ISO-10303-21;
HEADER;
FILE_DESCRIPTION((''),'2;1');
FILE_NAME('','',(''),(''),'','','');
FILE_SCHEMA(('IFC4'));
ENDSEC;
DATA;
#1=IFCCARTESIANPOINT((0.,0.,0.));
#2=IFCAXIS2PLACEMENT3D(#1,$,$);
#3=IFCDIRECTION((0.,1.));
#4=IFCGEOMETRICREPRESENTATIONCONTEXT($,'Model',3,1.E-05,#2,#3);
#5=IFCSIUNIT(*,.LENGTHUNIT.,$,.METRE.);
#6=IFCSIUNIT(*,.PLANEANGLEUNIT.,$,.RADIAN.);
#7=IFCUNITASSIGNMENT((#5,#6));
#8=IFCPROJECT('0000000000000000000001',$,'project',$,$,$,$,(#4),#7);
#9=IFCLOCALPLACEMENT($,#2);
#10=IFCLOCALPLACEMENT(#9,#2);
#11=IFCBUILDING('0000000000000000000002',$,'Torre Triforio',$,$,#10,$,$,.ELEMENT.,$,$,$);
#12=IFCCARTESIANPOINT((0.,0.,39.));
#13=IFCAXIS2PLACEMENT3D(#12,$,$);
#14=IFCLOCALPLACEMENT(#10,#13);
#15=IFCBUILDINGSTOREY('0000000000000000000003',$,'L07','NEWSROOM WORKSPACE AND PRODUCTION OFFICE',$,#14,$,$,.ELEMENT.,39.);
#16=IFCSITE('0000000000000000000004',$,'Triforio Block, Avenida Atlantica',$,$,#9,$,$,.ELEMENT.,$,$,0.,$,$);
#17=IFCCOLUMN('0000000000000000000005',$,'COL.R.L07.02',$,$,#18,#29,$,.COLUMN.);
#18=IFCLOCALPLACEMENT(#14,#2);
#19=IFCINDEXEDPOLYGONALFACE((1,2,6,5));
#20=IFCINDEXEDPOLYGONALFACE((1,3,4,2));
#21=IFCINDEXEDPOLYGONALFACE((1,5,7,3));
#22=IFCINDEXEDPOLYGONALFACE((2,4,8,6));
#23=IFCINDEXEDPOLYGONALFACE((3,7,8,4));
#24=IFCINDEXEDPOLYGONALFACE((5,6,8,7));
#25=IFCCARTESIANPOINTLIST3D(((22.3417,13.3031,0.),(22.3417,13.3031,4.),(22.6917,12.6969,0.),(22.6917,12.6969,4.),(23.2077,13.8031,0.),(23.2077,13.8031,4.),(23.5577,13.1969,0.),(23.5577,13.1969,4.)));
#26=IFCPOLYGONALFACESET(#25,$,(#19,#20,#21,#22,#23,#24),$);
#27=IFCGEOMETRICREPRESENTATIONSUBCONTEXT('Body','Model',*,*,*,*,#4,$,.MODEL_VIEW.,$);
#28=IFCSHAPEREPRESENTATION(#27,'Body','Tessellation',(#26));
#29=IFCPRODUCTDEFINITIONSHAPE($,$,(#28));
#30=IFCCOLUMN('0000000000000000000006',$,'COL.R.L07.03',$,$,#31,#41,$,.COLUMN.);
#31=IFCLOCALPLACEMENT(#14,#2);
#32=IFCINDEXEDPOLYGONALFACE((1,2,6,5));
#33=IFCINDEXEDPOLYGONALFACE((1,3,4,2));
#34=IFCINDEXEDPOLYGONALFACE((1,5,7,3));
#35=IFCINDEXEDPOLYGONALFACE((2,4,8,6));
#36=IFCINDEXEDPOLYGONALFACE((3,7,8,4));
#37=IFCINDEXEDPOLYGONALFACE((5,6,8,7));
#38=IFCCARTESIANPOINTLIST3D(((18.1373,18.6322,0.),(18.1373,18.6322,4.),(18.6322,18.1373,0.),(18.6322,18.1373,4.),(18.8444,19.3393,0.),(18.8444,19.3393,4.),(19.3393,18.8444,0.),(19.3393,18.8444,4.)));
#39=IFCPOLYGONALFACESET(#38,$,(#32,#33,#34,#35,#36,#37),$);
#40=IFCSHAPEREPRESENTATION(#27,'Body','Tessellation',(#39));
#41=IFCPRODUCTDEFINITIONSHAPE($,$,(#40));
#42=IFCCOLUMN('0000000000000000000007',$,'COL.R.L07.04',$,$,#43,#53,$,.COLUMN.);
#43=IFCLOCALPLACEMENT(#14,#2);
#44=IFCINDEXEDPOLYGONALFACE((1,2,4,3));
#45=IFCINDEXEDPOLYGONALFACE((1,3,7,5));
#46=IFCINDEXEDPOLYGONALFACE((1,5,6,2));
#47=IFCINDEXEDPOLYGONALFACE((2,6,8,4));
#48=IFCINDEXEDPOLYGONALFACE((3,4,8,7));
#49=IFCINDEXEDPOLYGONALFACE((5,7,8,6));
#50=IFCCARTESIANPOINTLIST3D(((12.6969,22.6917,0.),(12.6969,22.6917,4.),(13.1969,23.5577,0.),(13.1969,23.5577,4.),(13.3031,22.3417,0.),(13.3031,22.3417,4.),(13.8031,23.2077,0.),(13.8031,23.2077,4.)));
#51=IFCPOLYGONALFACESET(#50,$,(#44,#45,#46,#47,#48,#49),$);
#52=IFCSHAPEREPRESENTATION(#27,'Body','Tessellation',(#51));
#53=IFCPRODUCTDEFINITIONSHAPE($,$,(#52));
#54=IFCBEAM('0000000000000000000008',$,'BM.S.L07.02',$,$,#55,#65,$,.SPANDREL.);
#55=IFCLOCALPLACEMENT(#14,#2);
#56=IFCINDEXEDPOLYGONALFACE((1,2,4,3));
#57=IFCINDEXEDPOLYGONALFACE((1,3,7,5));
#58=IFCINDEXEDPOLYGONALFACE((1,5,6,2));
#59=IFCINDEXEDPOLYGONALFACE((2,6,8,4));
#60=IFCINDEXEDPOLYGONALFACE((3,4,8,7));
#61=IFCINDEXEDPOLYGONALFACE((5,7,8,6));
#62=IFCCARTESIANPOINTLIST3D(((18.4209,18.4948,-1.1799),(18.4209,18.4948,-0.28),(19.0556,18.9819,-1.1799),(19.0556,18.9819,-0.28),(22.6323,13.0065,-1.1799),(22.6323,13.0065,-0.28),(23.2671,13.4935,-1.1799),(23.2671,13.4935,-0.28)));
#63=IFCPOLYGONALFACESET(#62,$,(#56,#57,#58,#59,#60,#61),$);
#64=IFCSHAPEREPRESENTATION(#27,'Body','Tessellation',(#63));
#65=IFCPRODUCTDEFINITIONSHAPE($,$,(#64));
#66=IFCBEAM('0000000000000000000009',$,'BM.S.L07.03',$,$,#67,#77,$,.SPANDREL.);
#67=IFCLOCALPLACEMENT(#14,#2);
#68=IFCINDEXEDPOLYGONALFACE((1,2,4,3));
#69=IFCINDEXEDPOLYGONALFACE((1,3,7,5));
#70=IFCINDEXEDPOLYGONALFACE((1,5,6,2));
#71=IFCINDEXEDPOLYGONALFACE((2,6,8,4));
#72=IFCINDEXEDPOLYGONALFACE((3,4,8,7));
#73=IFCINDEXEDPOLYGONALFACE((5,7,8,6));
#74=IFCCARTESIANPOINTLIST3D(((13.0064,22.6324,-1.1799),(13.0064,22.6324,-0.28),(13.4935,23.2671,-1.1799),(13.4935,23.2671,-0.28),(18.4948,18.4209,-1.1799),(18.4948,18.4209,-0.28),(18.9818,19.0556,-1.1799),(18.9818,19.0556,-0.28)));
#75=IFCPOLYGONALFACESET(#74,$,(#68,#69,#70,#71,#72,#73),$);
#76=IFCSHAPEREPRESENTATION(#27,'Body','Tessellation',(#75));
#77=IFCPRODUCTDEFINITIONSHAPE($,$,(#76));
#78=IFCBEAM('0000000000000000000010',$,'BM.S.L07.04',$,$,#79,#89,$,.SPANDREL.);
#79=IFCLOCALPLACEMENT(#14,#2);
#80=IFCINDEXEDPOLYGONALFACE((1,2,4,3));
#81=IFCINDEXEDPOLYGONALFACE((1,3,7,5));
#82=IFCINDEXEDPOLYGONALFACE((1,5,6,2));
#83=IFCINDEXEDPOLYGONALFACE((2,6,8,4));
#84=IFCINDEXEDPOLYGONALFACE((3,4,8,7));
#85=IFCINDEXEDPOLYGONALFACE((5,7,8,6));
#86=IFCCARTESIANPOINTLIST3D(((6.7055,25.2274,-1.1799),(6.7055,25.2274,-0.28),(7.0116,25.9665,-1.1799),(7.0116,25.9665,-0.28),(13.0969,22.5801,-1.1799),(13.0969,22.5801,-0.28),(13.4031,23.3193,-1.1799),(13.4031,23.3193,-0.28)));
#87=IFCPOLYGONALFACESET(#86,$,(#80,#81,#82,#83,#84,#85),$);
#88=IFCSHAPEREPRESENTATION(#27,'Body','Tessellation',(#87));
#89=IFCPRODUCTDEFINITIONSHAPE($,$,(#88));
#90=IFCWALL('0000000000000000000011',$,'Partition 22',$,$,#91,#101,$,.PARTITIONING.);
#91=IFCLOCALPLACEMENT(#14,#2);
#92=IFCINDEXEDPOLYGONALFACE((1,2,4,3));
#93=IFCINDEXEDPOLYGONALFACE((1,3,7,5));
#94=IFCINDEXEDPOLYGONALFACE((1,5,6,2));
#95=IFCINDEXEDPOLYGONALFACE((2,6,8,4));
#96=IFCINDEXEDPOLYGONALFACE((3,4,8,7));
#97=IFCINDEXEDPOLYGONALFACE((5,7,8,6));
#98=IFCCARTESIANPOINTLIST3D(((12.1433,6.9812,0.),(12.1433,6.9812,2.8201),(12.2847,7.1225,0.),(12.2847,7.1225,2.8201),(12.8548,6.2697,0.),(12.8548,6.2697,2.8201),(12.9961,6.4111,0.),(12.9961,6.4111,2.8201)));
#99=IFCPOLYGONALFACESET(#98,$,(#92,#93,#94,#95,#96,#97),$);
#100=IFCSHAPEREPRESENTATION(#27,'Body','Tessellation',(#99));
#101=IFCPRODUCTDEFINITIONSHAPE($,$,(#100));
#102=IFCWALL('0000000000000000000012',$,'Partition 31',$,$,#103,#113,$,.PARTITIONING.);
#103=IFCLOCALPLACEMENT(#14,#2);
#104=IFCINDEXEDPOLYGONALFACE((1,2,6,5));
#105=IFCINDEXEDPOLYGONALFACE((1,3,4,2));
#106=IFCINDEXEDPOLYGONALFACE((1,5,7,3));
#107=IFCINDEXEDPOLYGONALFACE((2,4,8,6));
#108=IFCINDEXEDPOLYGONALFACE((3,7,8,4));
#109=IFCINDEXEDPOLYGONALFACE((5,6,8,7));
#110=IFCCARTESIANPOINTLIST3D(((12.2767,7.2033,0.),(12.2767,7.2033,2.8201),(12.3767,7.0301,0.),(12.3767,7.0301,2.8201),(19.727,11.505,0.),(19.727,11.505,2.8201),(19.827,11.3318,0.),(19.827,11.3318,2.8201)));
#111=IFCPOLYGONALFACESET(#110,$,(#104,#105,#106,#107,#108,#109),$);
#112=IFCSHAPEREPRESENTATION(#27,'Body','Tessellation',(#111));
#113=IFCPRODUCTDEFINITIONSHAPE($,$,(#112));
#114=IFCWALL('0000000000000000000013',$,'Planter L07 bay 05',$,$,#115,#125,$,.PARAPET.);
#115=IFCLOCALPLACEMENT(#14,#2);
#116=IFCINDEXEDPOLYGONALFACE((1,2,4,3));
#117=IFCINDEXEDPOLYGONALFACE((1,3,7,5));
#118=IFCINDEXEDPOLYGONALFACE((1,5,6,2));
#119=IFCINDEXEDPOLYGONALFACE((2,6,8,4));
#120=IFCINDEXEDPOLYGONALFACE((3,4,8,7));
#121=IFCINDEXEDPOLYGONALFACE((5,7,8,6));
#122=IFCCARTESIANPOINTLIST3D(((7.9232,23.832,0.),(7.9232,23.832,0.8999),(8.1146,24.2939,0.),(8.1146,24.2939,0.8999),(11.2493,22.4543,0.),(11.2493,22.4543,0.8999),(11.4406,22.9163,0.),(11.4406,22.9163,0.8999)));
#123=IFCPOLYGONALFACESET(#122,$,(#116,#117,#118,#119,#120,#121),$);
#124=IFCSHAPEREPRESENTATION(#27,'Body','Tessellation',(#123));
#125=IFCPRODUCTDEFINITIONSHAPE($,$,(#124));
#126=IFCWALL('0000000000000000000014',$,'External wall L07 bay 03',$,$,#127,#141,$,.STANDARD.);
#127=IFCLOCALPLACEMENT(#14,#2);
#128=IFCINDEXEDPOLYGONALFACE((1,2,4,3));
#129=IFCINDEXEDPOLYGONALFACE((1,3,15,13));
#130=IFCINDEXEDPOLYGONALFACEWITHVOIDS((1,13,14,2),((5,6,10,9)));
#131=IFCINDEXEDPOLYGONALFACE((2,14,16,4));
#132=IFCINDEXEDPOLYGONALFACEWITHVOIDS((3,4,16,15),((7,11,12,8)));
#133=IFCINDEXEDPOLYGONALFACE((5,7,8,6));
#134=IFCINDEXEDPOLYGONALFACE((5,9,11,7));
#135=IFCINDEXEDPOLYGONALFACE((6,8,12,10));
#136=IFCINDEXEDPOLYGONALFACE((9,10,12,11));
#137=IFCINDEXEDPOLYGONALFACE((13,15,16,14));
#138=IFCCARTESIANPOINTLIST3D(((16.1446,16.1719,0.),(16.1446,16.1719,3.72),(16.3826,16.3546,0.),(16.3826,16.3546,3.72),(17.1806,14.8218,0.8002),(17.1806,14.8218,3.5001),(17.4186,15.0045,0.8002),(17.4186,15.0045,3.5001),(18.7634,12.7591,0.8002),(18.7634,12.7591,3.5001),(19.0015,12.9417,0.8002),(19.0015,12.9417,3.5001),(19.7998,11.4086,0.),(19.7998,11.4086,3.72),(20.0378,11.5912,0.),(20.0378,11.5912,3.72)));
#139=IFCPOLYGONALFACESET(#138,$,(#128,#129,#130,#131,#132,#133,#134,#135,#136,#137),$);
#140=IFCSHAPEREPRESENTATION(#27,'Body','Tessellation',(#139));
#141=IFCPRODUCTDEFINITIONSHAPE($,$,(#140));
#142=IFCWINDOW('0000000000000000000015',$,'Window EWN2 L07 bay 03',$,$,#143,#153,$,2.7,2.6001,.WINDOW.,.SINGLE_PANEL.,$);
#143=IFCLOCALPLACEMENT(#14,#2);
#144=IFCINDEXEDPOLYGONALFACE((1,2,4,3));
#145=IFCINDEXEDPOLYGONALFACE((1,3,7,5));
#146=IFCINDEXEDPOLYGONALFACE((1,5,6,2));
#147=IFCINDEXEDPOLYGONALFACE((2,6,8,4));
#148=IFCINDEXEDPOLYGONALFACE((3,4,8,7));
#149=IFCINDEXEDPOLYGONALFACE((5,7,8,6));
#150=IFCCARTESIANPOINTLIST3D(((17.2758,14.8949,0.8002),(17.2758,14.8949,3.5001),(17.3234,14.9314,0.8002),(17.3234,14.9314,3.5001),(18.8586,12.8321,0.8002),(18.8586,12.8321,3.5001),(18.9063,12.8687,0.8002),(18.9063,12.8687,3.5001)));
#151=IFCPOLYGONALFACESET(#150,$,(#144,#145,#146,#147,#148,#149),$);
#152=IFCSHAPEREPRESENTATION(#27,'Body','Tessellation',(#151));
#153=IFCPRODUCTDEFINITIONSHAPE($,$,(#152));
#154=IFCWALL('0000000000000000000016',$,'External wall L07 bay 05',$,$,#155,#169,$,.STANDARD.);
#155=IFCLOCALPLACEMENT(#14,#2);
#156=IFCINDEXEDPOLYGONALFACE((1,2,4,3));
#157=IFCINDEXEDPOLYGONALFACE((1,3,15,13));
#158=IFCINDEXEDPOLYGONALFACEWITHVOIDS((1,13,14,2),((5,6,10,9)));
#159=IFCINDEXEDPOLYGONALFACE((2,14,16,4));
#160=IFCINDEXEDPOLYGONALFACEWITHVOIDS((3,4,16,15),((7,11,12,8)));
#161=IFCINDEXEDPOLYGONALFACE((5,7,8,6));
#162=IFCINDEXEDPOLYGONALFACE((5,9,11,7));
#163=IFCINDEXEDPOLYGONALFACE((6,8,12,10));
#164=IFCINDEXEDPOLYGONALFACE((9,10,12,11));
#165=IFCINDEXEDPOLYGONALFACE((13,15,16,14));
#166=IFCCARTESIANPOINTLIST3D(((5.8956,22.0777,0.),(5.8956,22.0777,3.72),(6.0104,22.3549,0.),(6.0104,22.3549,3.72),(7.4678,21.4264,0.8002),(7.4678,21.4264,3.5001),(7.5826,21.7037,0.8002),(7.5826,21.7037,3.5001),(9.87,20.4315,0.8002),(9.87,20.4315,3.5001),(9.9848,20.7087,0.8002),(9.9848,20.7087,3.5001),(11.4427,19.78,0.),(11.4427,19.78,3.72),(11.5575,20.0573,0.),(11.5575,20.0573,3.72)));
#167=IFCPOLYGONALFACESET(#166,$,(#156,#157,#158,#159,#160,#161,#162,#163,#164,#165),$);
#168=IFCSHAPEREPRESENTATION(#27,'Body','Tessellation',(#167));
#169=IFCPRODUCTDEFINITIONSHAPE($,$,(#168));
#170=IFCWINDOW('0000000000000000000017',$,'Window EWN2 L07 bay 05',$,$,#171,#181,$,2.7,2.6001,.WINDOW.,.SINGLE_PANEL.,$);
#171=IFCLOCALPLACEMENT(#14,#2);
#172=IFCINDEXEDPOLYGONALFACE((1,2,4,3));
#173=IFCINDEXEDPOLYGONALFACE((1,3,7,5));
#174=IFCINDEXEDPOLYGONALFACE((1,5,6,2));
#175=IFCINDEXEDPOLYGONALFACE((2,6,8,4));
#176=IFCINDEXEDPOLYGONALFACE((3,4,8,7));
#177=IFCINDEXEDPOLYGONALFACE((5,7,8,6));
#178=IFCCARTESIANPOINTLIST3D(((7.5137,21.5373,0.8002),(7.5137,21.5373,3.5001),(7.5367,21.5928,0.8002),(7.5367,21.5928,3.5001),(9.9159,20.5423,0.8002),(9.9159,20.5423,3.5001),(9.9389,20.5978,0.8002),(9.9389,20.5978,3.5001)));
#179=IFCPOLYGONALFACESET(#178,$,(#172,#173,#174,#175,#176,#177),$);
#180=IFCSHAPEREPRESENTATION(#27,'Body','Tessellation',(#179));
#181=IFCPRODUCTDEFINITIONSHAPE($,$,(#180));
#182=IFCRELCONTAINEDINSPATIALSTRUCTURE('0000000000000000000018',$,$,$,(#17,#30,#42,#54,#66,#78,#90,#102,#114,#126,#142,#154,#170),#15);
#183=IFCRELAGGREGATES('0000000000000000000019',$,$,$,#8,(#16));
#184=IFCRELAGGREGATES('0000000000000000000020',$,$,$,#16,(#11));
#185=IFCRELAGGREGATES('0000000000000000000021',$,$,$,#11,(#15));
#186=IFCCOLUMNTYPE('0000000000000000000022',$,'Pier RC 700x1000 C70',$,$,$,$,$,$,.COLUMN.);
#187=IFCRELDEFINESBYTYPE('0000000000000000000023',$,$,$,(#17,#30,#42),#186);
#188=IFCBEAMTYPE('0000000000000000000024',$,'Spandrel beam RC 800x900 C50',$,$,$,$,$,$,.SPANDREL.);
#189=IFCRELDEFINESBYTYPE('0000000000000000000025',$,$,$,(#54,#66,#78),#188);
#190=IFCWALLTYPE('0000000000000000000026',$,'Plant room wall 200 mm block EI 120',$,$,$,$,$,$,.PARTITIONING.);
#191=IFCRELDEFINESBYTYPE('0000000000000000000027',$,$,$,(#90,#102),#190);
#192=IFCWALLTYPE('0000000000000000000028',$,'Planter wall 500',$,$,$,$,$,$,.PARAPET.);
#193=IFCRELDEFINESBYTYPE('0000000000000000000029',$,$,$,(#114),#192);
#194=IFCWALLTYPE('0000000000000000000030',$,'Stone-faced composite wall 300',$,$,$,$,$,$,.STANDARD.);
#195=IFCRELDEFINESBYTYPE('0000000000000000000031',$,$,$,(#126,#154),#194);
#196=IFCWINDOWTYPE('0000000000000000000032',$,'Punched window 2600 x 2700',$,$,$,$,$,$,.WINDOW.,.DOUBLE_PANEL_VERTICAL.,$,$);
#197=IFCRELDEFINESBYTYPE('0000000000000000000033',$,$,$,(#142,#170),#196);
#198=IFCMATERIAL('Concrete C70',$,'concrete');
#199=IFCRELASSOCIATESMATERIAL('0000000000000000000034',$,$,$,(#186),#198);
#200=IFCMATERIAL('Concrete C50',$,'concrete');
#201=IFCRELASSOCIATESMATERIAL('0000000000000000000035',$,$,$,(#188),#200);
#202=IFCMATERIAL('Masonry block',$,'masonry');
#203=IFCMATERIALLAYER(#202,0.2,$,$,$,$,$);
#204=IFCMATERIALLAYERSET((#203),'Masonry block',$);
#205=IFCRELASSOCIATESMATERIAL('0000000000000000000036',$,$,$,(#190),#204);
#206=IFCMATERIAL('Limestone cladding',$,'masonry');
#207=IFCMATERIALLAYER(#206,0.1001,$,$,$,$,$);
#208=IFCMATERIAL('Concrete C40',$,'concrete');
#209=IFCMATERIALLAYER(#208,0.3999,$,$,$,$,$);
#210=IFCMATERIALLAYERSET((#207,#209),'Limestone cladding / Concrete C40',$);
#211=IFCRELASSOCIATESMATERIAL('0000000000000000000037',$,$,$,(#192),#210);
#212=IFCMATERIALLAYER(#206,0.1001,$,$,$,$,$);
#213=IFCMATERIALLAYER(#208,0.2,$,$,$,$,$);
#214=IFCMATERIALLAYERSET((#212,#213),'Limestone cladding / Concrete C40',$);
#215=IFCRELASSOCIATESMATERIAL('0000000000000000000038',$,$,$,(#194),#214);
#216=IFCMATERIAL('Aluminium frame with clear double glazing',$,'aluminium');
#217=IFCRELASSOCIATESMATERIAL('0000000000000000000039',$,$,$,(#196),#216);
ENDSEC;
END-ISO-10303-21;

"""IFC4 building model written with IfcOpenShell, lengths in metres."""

from ifc_helpers import new_model, si_unit, direction, frame, frame_2d, origin, origin_2d, place, context, subcontext, project, spatial, rectangle, extrude, material, layer, layer_set, material_profile, profile_set, type_object, element, fill, save


model = new_model("IFC4")

# Units and contexts
model_context = context("Model", 3, precision=1e-05, world=origin(), true_north=direction((0.0, 1.0)))
body_context = subcontext(model_context, "Body", "Model", "MODEL_VIEW")
ifc_project = project(units=[si_unit("LENGTHUNIT", "METRE"), si_unit("PLANEANGLEUNIT", "RADIAN")], contexts=[model_context])

# Site, building, storey
site_placement = place(None, origin())
site = spatial("IfcSite", under=ifc_project, at=site_placement, Name="Triforio Block, Avenida Atlantica", CompositionType="ELEMENT", RefElevation=0.0)
building_placement = place(site_placement, origin())
building = spatial("IfcBuilding", under=site, at=building_placement, Name="Torre Triforio", CompositionType="ELEMENT")
storey_placement = place(building_placement, frame((0.0, 0.0, 39.0)))
storey = spatial("IfcBuildingStorey", under=building, at=storey_placement, Name="L07", Description="NEWSROOM WORKSPACE AND PRODUCTION OFFICE", CompositionType="ELEMENT", Elevation=39.0)

# Columns
ifc_material_1 = material(Name="Concrete C70", Category="concrete")
ifc_material_profile_1 = material_profile(ifc_material_1, rectangle(XDim=0.7, YDim=1.0, at=origin_2d()), Name="RC 700x1000")
ifc_profile_set_1 = profile_set([ifc_material_profile_1], Name="Concrete C70")
column_type = type_object("IfcColumnType", Name="Pier RC 700x1000 C70", PredefinedType="COLUMN", material=ifc_profile_set_1)
for number, where, z_axis, x_axis, name in (
    (1, (22.9497, 13.25, 0.0), (0.0, 0.0, 1.0), (-0.5, 0.866025, 0.0), "COL.R.L07.02"),
    (2, (18.7383, 18.7383, 0.0), (0.0, 0.0, 1.0), (-0.707107, 0.707107, 0.0), "COL.R.L07.03"),
    (3, (13.25, 22.9497, 0.0), (0.0, 0.0, 1.0), (-0.866025, 0.5, 0.0), "COL.R.L07.04"),
):
    element("IfcColumn", number, at=place(storey_placement, frame(where, z_axis=z_axis, x_axis=x_axis)), inside=storey, type_object=column_type, Name=name, PredefinedType="COLUMN", context=body_context, shape_type="SweptSolid", body=[
        extrude(rectangle(XDim=0.7, YDim=1.0, at=origin_2d()), origin(), (0.0, 0.0, 1.0), 4.0),
    ])

# Beams
ifc_material_2 = material(Name="Concrete C50", Category="concrete")
ifc_material_profile_2 = material_profile(ifc_material_2, rectangle(XDim=0.8, YDim=0.8999, at=origin_2d()), Name="RC 800x900")
ifc_profile_set_2 = profile_set([ifc_material_profile_2], Name="Concrete C50")
beam_type = type_object("IfcBeamType", Name="Spandrel beam RC 800x900 C50", PredefinedType="SPANDREL", material=ifc_profile_set_2)
for number, where, z_axis, x_axis, name in (
    (4, (22.9497, 13.25, -0.73), (-0.608772, 0.793345, 0.0), (-0.793345, -0.608772, 0.0), "BM.S.L07.02"),
    (5, (18.7383, 18.7383, -0.73), (-0.793345, 0.608772, 0.0), (-0.608772, -0.793345, 0.0), "BM.S.L07.03"),
    (6, (13.25, 22.9497, -0.73), (-0.923888, 0.382662, 0.0), (-0.382662, -0.923888, 0.0), "BM.S.L07.04"),
):
    element("IfcBeam", number, at=place(storey_placement, frame(where, z_axis=z_axis, x_axis=x_axis)), inside=storey, type_object=beam_type, Name=name, PredefinedType="SPANDREL", context=body_context, shape_type="SweptSolid", body=[
        extrude(rectangle(XDim=0.8, YDim=0.8999, at=origin_2d()), origin(), (0.0, 0.0, 1.0), 6.918),
    ])

# Walls
ifc_material_3 = material(Name="Masonry block", Category="masonry")
ifc_layer_1 = layer(ifc_material_3, 0.2)
ifc_layer_set_1 = layer_set([ifc_layer_1], Name="Masonry block")
wall_type_1 = type_object("IfcWallType", Name="Plant room wall 200 mm block EI 120", PredefinedType="PARTITIONING", material=ifc_layer_set_1)
wall_1_placement = place(storey_placement, frame((12.2141, 7.0518, 0.0), z_axis=(0.0, 0.0, 1.0), x_axis=(0.707107, -0.707107, 0.0)))
element("IfcWall", 7, at=wall_1_placement, inside=storey, type_object=wall_type_1, Name="Partition 22", PredefinedType="PARTITIONING", context=body_context, shape_type="SweptSolid", body=[
    extrude(rectangle(XDim=1.0061, YDim=0.2, at=frame_2d((0.5029, 0.0))), origin(), (0.0, 0.0, 1.0), 2.8201),
])
wall_2_placement = place(storey_placement, frame((12.3267, 7.1167, 0.0), z_axis=(0.0, 0.0, 1.0), x_axis=(0.866013, 0.500021, 0.0)))
element("IfcWall", 8, at=wall_2_placement, inside=storey, type_object=wall_type_1, Name="Partition 31", PredefinedType="PARTITIONING", context=body_context, shape_type="SweptSolid", body=[
    extrude(rectangle(XDim=8.603, YDim=0.2, at=frame_2d((4.3015, 0.0))), origin(), (0.0, 0.0, 1.0), 2.8201),
])
ifc_material_4 = material(Name="Limestone cladding", Category="masonry")
ifc_layer_2 = layer(ifc_material_4, 0.1001)
ifc_material_5 = material(Name="Concrete C40", Category="concrete")
ifc_layer_3 = layer(ifc_material_5, 0.3999)
ifc_layer_set_2 = layer_set([ifc_layer_2, ifc_layer_3], Name="Limestone cladding / Concrete C40")
wall_type_2 = type_object("IfcWallType", Name="Planter wall 500", PredefinedType="PARAPET", material=ifc_layer_set_2)
wall_3_placement = place(storey_placement, frame((11.345, 22.6853, 0.0), z_axis=(0.0, 0.0, 1.0), x_axis=(-0.923885, 0.382669, 0.0)))
element("IfcWall", 9, at=wall_3_placement, inside=storey, type_object=wall_type_2, Name="Planter L07 bay 05", PredefinedType="PARAPET", context=body_context, shape_type="SweptSolid", body=[
    extrude(rectangle(XDim=3.6001, YDim=0.5, at=frame_2d((1.8, 0.0))), origin(), (0.0, 0.0, 1.0), 0.8999),
])

# Wall, opening, window
ifc_layer_4 = layer(ifc_material_4, 0.1001)
ifc_layer_5 = layer(ifc_material_5, 0.2)
ifc_layer_set_3 = layer_set([ifc_layer_4, ifc_layer_5], Name="Limestone cladding / Concrete C40")
wall_type_3 = type_object("IfcWallType", Name="Stone-faced composite wall 300", PredefinedType="STANDARD", material=ifc_layer_set_3)
wall_4_placement = place(storey_placement, frame((19.9187, 11.5, 0.0), z_axis=(0.0, 0.0, 1.0), x_axis=(-0.608779, 0.79334, 0.0)))
wall_4 = element("IfcWall", 10, at=wall_4_placement, inside=storey, type_object=wall_type_3, Name="External wall L07 bay 03", PredefinedType="STANDARD", context=body_context, shape_type="SweptSolid", body=[
    extrude(rectangle(XDim=6.0042, YDim=0.3, at=frame_2d((3.002, 0.0))), origin(), (0.0, 0.0, 1.0), 3.72),
])
opening_1_placement = place(wall_4_placement, frame((1.7021, 0.0, 0.8)))
opening_1 = element("IfcOpeningElement", 11, at=opening_1_placement, cuts=wall_4, PredefinedType="OPENING", context=body_context, shape_type="SweptSolid", body=[
    extrude(rectangle(XDim=2.6001, YDim=2.7, at=frame_2d((1.3, 1.3501))), frame((0.0, 0.1599, 0.0), z_axis=(0.0, -1.0, 0.0), x_axis=(1.0, 0.0, 0.0)), (0.0, 0.0, 1.0), 0.3201),
])
ifc_material_6 = material(Name="Aluminium frame with clear double glazing", Category="aluminium")
window_type_1 = type_object("IfcWindowType", Name="Punched window 2600 x 2700", PartitioningType="DOUBLE_PANEL_VERTICAL", PredefinedType="WINDOW", material=ifc_material_6)
window_1_placement = place(opening_1_placement, origin())
window_1 = element("IfcWindow", 12, at=window_1_placement, inside=storey, type_object=window_type_1, Name="Window EWN2 L07 bay 03", OverallHeight=2.7, OverallWidth=2.6001, PartitioningType="SINGLE_PANEL", PredefinedType="WINDOW", context=body_context, shape_type="SweptSolid", body=[
    extrude(rectangle(XDim=2.6001, YDim=2.7, at=frame_2d((1.3, 1.3501))), frame((0.0, 0.03, 0.0), z_axis=(0.0, -1.0, 0.0), x_axis=(1.0, 0.0, 0.0)), (0.0, 0.0, 1.0), 0.0601),
])
fill(opening_1, window_1)

# Wall, opening, window
wall_5_placement = place(storey_placement, frame((11.5, 19.9187, 0.0), z_axis=(0.0, 0.0, 1.0), x_axis=(-0.923885, 0.382671, 0.0)))
wall_5 = element("IfcWall", 13, at=wall_5_placement, inside=storey, type_object=wall_type_3, Name="External wall L07 bay 05", PredefinedType="STANDARD", context=body_context, shape_type="SweptSolid", body=[
    extrude(rectangle(XDim=6.0042, YDim=0.3, at=frame_2d((3.002, 0.0))), origin(), (0.0, 0.0, 1.0), 3.72),
])
opening_2_placement = place(wall_5_placement, frame((1.7021, 0.0, 0.8)))
opening_2 = element("IfcOpeningElement", 14, at=opening_2_placement, cuts=wall_5, PredefinedType="OPENING", context=body_context, shape_type="SweptSolid", body=[
    extrude(rectangle(XDim=2.6001, YDim=2.7, at=frame_2d((1.3, 1.3501))), frame((0.0, 0.1599, 0.0), z_axis=(0.0, -1.0, 0.0), x_axis=(1.0, 0.0, 0.0)), (0.0, 0.0, 1.0), 0.3201),
])
window_2_placement = place(opening_2_placement, origin())
window_2 = element("IfcWindow", 15, at=window_2_placement, inside=storey, type_object=window_type_1, Name="Window EWN2 L07 bay 05", OverallHeight=2.7, OverallWidth=2.6001, PartitioningType="SINGLE_PANEL", PredefinedType="WINDOW", context=body_context, shape_type="SweptSolid", body=[
    extrude(rectangle(XDim=2.6001, YDim=2.7, at=frame_2d((1.3, 1.3501))), frame((0.0, 0.03, 0.0), z_axis=(0.0, -1.0, 0.0), x_axis=(1.0, 0.0, 0.0)), (0.0, 0.0, 1.0), 0.0601),
])
fill(opening_2, window_2)

save(model, "model.ifc")
